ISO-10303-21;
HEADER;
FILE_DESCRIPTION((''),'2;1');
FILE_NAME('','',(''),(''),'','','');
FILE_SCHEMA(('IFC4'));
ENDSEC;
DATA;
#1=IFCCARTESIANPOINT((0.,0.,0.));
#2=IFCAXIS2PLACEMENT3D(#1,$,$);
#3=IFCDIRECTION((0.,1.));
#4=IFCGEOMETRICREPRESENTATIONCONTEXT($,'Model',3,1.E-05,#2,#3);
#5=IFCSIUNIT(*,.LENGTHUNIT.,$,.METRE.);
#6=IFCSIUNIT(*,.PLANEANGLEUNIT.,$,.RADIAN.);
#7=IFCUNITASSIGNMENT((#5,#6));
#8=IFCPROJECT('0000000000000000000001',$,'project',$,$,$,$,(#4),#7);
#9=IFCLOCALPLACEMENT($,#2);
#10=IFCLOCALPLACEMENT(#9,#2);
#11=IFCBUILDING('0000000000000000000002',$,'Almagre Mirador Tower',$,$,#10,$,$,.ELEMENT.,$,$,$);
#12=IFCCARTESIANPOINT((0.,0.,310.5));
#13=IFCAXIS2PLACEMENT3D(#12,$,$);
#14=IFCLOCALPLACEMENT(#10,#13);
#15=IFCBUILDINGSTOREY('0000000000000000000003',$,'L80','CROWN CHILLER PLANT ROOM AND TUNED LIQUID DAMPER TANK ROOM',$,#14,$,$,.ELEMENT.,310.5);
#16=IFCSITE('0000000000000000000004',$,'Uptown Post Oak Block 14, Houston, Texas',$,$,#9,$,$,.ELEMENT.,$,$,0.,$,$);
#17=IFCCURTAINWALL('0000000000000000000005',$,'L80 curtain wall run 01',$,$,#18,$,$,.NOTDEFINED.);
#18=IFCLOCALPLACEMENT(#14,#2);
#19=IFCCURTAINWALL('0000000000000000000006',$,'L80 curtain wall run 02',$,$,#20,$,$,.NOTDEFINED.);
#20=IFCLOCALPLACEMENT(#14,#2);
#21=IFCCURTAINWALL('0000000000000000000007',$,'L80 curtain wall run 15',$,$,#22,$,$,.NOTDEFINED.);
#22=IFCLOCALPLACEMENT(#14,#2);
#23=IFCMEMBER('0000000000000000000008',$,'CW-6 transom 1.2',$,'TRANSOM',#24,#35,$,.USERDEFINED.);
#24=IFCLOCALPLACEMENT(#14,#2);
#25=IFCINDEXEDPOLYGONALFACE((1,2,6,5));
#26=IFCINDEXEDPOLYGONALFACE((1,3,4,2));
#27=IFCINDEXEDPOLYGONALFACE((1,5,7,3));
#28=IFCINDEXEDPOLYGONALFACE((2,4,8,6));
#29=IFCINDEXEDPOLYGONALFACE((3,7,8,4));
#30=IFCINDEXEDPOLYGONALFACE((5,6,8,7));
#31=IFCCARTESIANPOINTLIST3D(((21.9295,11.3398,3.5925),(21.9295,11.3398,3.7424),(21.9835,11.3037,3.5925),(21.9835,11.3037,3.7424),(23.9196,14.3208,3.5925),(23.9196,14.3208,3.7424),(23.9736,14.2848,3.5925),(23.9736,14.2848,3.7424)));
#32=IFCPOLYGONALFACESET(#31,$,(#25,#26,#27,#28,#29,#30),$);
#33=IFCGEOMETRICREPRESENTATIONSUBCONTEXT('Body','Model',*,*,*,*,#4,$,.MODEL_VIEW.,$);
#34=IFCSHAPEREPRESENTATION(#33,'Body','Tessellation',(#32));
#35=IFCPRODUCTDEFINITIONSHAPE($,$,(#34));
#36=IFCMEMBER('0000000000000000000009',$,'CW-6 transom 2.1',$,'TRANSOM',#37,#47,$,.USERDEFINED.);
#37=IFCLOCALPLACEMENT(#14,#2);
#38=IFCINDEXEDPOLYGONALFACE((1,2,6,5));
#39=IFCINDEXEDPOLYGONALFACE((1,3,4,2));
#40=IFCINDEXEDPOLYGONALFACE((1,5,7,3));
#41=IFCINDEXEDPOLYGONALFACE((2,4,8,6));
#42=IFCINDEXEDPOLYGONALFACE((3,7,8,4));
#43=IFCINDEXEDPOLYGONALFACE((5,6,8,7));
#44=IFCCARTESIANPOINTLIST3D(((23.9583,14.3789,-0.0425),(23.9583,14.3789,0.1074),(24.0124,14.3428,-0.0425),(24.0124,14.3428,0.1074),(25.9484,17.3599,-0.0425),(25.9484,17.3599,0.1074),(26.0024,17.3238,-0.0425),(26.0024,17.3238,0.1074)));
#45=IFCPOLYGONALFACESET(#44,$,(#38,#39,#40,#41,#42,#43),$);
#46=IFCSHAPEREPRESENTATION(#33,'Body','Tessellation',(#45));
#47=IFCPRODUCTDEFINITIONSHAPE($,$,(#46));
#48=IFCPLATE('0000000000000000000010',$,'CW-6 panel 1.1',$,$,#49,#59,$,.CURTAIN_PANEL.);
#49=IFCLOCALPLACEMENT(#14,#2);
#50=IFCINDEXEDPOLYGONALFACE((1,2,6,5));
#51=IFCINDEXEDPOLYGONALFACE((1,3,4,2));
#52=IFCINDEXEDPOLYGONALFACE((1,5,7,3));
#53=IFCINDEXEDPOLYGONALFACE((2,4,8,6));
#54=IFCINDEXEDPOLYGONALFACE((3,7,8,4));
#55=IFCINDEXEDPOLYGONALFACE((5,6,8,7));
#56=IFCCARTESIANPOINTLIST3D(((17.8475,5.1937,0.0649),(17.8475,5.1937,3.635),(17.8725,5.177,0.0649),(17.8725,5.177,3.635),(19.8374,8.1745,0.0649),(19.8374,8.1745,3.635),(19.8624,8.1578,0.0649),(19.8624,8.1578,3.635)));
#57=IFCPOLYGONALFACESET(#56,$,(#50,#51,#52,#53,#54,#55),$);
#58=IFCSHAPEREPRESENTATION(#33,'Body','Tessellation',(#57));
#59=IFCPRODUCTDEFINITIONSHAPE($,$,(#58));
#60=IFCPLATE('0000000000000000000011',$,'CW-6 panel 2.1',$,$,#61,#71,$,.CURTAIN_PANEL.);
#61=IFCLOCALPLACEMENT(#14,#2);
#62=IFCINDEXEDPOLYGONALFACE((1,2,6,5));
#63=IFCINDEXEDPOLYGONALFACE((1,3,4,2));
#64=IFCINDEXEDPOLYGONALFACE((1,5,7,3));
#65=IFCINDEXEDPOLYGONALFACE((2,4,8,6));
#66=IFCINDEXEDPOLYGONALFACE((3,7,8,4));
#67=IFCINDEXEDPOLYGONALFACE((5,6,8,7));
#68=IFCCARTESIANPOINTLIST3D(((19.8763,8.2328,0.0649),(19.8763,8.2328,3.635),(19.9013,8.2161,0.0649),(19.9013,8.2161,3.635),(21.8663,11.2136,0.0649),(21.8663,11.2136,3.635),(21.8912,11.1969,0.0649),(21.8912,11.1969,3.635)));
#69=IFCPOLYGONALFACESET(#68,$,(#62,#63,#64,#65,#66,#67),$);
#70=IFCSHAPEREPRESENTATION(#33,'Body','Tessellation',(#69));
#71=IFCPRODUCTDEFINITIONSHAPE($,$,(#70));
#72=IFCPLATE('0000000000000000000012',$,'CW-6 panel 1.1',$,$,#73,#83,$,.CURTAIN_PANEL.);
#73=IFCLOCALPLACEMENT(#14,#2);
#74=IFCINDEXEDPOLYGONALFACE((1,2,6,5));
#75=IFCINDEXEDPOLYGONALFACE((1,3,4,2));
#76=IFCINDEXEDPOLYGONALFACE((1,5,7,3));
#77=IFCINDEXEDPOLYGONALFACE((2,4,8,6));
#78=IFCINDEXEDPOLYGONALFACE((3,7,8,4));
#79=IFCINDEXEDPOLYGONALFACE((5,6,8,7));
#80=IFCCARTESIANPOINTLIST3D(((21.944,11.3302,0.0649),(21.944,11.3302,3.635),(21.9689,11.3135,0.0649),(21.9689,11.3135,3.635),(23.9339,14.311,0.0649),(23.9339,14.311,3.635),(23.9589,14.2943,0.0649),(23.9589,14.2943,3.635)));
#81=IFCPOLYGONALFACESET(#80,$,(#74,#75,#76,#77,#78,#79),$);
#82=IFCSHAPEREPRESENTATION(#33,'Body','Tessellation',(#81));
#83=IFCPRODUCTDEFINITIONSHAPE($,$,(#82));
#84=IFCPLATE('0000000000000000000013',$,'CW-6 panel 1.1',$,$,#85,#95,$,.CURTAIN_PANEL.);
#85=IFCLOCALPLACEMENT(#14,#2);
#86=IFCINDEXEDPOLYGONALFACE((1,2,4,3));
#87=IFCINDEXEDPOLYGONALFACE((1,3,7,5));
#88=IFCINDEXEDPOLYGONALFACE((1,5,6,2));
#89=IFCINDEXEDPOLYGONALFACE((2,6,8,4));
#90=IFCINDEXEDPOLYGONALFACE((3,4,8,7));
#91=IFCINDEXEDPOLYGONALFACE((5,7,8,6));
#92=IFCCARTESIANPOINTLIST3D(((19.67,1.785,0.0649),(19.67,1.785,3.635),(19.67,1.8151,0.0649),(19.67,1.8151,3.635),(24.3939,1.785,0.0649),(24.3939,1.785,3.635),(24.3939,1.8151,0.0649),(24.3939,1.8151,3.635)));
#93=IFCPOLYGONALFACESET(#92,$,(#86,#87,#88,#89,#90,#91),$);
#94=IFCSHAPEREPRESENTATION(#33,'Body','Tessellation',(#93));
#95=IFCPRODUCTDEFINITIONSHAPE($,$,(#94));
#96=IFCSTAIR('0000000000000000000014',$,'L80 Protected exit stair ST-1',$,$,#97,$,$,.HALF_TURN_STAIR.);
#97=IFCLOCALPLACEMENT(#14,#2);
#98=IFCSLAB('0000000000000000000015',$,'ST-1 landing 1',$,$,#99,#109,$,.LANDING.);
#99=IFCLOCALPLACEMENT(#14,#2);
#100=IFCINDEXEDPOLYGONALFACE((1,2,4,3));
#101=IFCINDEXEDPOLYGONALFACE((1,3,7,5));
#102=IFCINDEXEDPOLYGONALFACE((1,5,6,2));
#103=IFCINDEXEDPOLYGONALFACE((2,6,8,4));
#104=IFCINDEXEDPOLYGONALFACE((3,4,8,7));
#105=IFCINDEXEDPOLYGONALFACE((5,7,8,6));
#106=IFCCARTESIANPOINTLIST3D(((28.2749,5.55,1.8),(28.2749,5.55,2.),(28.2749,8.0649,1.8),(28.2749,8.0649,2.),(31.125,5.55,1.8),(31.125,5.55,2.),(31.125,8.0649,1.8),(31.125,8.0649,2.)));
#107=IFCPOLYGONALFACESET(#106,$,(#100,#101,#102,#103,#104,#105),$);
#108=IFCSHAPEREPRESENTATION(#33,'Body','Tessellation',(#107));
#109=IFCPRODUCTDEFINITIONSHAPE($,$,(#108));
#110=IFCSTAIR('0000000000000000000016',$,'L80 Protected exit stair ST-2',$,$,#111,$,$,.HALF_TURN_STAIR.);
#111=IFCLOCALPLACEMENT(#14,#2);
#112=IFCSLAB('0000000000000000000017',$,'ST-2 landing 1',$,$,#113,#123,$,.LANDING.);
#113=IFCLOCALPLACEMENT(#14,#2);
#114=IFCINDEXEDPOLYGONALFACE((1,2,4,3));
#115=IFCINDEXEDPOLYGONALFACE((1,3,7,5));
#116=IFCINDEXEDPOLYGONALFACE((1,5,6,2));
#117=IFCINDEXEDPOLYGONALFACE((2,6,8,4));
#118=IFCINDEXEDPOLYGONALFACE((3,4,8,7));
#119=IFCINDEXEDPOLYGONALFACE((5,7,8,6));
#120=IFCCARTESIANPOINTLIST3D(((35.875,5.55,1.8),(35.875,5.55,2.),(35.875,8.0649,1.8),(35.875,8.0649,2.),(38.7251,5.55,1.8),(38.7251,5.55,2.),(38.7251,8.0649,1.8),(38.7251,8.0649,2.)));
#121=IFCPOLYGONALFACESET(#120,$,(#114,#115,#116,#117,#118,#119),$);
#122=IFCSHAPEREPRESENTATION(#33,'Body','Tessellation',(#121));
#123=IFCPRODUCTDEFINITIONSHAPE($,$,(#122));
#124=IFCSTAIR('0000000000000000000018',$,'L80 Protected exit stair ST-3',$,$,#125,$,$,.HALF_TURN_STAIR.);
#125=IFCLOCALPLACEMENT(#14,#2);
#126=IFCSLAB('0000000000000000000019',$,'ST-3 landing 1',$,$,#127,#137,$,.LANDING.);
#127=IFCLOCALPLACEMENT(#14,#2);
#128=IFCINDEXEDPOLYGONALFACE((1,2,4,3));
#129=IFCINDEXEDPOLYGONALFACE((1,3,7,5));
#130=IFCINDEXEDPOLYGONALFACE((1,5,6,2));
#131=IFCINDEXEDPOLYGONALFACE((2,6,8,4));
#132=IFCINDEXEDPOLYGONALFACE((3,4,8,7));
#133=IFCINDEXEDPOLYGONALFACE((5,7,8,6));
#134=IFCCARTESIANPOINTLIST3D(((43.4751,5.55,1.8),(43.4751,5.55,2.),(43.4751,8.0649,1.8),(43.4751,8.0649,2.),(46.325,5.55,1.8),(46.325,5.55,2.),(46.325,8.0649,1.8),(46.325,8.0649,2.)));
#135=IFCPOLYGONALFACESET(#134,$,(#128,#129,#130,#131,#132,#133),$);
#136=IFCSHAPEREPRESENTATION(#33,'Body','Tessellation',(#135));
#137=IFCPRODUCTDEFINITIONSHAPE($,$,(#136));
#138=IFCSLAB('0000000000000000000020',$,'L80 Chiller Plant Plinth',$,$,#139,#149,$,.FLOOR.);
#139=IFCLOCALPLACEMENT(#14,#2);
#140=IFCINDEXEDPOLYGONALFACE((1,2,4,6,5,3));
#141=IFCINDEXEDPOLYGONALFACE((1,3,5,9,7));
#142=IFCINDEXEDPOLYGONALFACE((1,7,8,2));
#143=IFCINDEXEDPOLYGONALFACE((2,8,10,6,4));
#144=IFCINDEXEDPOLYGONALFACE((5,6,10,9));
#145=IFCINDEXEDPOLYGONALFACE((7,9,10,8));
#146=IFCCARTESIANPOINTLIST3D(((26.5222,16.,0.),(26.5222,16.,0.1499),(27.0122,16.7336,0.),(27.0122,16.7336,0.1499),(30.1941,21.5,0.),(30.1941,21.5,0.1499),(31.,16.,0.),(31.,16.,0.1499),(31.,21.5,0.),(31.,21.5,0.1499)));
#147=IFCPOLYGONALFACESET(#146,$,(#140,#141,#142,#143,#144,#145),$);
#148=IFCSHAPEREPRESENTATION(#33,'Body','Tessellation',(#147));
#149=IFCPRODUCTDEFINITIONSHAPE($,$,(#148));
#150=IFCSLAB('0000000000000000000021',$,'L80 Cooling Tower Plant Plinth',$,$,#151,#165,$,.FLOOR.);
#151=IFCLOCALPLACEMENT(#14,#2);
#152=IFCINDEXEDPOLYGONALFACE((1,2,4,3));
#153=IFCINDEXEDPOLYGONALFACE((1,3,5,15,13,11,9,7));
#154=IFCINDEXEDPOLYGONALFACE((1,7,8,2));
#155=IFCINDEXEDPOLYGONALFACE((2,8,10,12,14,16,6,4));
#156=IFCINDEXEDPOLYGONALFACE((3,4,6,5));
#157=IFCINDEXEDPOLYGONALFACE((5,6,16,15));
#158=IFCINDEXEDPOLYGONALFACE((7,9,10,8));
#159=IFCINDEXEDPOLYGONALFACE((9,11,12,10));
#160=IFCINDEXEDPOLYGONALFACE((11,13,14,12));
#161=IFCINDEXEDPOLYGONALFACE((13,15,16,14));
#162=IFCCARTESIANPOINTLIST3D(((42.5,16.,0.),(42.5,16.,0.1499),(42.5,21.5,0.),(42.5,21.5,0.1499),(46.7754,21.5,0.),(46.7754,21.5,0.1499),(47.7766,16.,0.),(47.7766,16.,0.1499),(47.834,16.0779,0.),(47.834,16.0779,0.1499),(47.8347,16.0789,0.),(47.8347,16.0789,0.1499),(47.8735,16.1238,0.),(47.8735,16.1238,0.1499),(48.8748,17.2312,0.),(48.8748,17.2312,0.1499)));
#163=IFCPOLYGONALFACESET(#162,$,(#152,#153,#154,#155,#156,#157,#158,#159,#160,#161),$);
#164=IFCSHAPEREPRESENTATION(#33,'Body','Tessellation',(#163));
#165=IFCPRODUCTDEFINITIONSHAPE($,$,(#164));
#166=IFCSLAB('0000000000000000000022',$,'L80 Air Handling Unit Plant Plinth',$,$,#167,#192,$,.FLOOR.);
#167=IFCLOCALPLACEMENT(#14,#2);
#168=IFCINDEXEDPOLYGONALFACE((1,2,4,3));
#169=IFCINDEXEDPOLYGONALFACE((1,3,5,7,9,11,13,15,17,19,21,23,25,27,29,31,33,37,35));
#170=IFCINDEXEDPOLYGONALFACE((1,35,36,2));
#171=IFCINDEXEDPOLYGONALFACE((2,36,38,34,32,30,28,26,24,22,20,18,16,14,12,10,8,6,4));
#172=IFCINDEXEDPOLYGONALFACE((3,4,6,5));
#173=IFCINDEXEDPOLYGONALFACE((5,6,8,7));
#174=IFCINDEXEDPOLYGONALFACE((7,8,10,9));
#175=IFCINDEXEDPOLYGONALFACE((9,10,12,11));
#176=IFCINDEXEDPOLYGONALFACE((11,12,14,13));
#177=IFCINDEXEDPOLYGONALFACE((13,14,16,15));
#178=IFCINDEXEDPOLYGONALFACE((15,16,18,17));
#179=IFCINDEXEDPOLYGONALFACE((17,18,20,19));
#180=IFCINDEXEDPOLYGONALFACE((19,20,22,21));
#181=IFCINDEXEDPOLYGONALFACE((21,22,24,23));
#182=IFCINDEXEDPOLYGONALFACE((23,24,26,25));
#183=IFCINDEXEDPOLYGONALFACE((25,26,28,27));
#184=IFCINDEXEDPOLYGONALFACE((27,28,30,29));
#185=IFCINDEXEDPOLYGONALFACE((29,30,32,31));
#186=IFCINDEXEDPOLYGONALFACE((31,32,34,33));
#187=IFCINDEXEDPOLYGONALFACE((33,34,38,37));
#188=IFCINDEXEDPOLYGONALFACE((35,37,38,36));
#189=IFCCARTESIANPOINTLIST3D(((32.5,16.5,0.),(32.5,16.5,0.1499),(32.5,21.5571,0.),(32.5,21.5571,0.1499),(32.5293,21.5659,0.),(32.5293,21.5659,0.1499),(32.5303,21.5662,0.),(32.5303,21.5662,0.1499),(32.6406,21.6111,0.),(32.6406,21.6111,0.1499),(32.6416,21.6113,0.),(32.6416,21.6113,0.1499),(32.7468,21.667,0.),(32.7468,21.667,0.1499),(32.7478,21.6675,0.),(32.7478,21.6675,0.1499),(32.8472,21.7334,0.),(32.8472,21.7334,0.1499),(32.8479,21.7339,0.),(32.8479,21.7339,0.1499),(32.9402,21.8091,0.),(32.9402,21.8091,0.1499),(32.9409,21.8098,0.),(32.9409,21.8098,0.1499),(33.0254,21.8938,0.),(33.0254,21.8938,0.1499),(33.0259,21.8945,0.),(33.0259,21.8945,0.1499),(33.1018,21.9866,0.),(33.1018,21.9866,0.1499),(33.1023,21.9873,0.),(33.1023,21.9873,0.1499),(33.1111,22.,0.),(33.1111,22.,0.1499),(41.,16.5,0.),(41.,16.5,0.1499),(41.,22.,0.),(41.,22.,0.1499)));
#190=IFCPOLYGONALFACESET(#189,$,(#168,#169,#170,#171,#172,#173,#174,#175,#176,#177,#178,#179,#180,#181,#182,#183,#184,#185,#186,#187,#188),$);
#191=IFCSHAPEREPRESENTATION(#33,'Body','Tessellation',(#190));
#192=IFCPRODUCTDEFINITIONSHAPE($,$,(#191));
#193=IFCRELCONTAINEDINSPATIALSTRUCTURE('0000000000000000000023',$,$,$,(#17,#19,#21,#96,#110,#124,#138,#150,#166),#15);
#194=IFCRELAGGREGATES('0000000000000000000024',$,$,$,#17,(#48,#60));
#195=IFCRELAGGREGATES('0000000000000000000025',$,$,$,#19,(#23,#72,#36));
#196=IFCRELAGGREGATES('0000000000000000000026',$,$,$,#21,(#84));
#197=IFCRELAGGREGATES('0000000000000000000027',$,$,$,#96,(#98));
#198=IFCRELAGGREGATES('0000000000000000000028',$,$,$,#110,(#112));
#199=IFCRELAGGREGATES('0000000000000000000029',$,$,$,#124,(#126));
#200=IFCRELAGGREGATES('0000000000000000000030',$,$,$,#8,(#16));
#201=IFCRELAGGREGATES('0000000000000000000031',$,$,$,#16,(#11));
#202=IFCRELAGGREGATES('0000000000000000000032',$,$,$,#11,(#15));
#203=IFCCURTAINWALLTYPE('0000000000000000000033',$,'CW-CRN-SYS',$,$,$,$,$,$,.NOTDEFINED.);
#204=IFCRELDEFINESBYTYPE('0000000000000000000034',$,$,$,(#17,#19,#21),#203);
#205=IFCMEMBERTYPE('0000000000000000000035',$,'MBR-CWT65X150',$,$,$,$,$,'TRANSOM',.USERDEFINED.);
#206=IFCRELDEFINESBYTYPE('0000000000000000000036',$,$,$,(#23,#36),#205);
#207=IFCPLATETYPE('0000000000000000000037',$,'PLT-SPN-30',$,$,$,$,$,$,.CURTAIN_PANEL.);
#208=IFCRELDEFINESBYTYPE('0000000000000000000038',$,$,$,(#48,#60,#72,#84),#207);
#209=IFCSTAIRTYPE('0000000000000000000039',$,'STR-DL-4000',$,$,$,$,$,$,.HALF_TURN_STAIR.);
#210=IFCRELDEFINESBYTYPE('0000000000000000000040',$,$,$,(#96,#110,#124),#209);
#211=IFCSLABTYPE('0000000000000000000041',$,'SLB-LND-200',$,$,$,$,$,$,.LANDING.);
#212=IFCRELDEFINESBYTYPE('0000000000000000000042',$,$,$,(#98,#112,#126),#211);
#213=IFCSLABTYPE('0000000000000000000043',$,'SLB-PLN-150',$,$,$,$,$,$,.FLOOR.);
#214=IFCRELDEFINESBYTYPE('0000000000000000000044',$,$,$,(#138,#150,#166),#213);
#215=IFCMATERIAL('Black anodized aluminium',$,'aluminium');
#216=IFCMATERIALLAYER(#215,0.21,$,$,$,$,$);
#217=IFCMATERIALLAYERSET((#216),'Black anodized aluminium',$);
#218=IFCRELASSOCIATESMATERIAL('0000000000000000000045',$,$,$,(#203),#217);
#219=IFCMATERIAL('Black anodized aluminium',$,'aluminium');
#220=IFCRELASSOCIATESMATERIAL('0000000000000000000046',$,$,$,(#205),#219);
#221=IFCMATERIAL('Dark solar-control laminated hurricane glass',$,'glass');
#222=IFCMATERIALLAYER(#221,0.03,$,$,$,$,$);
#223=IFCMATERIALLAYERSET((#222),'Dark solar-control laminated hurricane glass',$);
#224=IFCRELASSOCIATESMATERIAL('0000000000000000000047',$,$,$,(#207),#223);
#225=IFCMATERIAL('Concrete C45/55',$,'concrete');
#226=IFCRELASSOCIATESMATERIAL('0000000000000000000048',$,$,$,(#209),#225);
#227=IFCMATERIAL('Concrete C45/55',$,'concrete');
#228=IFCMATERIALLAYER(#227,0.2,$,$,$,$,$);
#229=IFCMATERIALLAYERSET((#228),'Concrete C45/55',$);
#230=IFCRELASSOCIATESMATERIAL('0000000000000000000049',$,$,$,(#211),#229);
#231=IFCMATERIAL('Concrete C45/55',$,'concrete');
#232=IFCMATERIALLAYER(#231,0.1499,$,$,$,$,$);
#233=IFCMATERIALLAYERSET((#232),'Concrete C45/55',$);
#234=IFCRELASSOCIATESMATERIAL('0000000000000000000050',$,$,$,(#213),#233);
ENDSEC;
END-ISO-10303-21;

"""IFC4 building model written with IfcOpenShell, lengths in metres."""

from ifc_helpers import new_model, si_unit, direction, frame, origin, origin_2d, place, context, subcontext, project, spatial, polyline, rectangle, outline, extrude, material, layer, layer_set, material_profile, profile_set, type_object, element, aggregate, save


model = new_model("IFC4")

# Units and contexts
model_context = context("Model", 3, precision=1e-05, world=origin(), true_north=direction((0.0, 1.0)))
body_context = subcontext(model_context, "Body", "Model", "MODEL_VIEW")
ifc_project = project(units=[si_unit("LENGTHUNIT", "METRE"), si_unit("PLANEANGLEUNIT", "RADIAN")], contexts=[model_context])

# Site, building, storey
site_placement = place(None, origin())
site = spatial("IfcSite", under=ifc_project, at=site_placement, Name="Uptown Post Oak Block 14, Houston, Texas", CompositionType="ELEMENT", RefElevation=0.0)
building_placement = place(site_placement, origin())
building = spatial("IfcBuilding", under=site, at=building_placement, Name="Almagre Mirador Tower", CompositionType="ELEMENT")
storey_placement = place(building_placement, frame((0.0, 0.0, 310.5)))
storey = spatial("IfcBuildingStorey", under=building, at=storey_placement, Name="L80", Description="CROWN CHILLER PLANT ROOM AND TUNED LIQUID DAMPER TANK ROOM", CompositionType="ELEMENT", Elevation=310.5)

# Curtain walls
ifc_material_1 = material(Name="Black anodized aluminium", Category="aluminium")
ifc_layer_1 = layer(ifc_material_1, 0.21)
ifc_layer_set_1 = layer_set([ifc_layer_1], Name="Black anodized aluminium")
curtain_wall_type = type_object("IfcCurtainWallType", Name="CW-CRN-SYS", PredefinedType="NOTDEFINED", material=ifc_layer_set_1)
curtain_wall_1_placement = place(storey_placement, origin())
curtain_wall_1 = element("IfcCurtainWall", 1, at=curtain_wall_1_placement, inside=storey, type_object=curtain_wall_type, Name="L80 curtain wall run 01", PredefinedType="NOTDEFINED")
curtain_wall_2_placement = place(storey_placement, origin())
curtain_wall_2 = element("IfcCurtainWall", 2, at=curtain_wall_2_placement, inside=storey, type_object=curtain_wall_type, Name="L80 curtain wall run 02", PredefinedType="NOTDEFINED")

# Curtain wall
curtain_wall_3_placement = place(storey_placement, origin())
curtain_wall_3 = element("IfcCurtainWall", 3, at=curtain_wall_3_placement, inside=storey, type_object=curtain_wall_type, Name="L80 curtain wall run 15", PredefinedType="NOTDEFINED")

# Members
ifc_material_2 = material(Name="Black anodized aluminium", Category="aluminium")
ifc_material_profile_1 = material_profile(ifc_material_2, rectangle(XDim=0.0649, YDim=0.1499, at=origin_2d()), Name="CWT65X150")
ifc_profile_set_1 = profile_set([ifc_material_profile_1], Name="Black anodized aluminium")
member_type_1 = type_object("IfcMemberType", Name="MBR-CWT65X150", ElementType="TRANSOM", PredefinedType="USERDEFINED", material=ifc_profile_set_1)
member_1_placement = place(storey_placement, frame((21.9565, 11.3218, 3.6675), z_axis=(0.555219, 0.831704, 0.0), x_axis=(-0.831704, 0.555219, 0.0)))
member_1 = element("IfcMember", 4, at=member_1_placement, type_object=member_type_1, Name="CW-6 transom 1.2", ObjectType="TRANSOM", PredefinedType="USERDEFINED", context=body_context, shape_type="SweptSolid", body=[
    extrude(rectangle(XDim=0.0649, YDim=0.1499, at=origin_2d()), origin(), (0.0, 0.0, 1.0), 3.5842),
])
member_2_placement = place(storey_placement, frame((23.9854, 14.3608, 0.0325), z_axis=(0.555219, 0.831704, 0.0), x_axis=(-0.831704, 0.555219, 0.0)))
member_2 = element("IfcMember", 5, at=member_2_placement, type_object=member_type_1, Name="CW-6 transom 2.1", ObjectType="TRANSOM", PredefinedType="USERDEFINED", context=body_context, shape_type="SweptSolid", body=[
    extrude(rectangle(XDim=0.0649, YDim=0.1499, at=origin_2d()), origin(), (0.0, 0.0, 1.0), 3.5842),
])

# Plates
ifc_material_3 = material(Name="Dark solar-control laminated hurricane glass", Category="glass")
ifc_layer_2 = layer(ifc_material_3, 0.03)
ifc_layer_set_2 = layer_set([ifc_layer_2], Name="Dark solar-control laminated hurricane glass")
plate_type = type_object("IfcPlateType", Name="PLT-SPN-30", PredefinedType="CURTAIN_PANEL", material=ifc_layer_set_2)
plate_1_placement = place(storey_placement, frame((18.855, 6.6758, 0.0649), z_axis=(0.0, 0.0, 1.0), x_axis=(0.555222, 0.831702, 0.0)))
plate_1 = element("IfcPlate", 6, at=plate_1_placement, type_object=plate_type, Name="CW-6 panel 1.1", PredefinedType="CURTAIN_PANEL", context=body_context, shape_type="SweptSolid", body=[
    extrude(rectangle(XDim=3.584, YDim=0.03, at=origin_2d()), origin(), (0.0, 0.0, 1.0), 3.5701),
])
plate_2_placement = place(storey_placement, frame((20.8838, 9.7148, 0.0649), z_axis=(0.0, 0.0, 1.0), x_axis=(0.555222, 0.831702, 0.0)))
plate_2 = element("IfcPlate", 7, at=plate_2_placement, type_object=plate_type, Name="CW-6 panel 2.1", PredefinedType="CURTAIN_PANEL", context=body_context, shape_type="SweptSolid", body=[
    extrude(rectangle(XDim=3.584, YDim=0.03, at=origin_2d()), origin(), (0.0, 0.0, 1.0), 3.5701),
])
aggregate(curtain_wall_1, [plate_1, plate_2])
plate_3_placement = place(storey_placement, frame((22.9514, 12.8123, 0.0649), z_axis=(0.0, 0.0, 1.0), x_axis=(0.555222, 0.831702, 0.0)))
plate_3 = element("IfcPlate", 8, at=plate_3_placement, type_object=plate_type, Name="CW-6 panel 1.1", PredefinedType="CURTAIN_PANEL", context=body_context, shape_type="SweptSolid", body=[
    extrude(rectangle(XDim=3.584, YDim=0.03, at=origin_2d()), origin(), (0.0, 0.0, 1.0), 3.5701),
])
aggregate(curtain_wall_2, [member_1, plate_3, member_2])
plate_4_placement = place(storey_placement, frame((22.032, 1.8, 0.0649), z_axis=(0.0, 0.0, 1.0), x_axis=(-1.0, 0.0, 0.0)))
plate_4 = element("IfcPlate", 9, at=plate_4_placement, type_object=plate_type, Name="CW-6 panel 1.1", PredefinedType="CURTAIN_PANEL", context=body_context, shape_type="SweptSolid", body=[
    extrude(rectangle(XDim=4.7239, YDim=0.03, at=origin_2d()), origin(), (0.0, 0.0, 1.0), 3.5701),
])
aggregate(curtain_wall_3, [plate_4])

# Stairs, slabs
ifc_material_4 = material(Name="Concrete C45/55", Category="concrete")
stair_type = type_object("IfcStairType", Name="STR-DL-4000", PredefinedType="HALF_TURN_STAIR", material=ifc_material_4)
stair_1_placement = place(storey_placement, origin())
stair_1 = element("IfcStair", 10, at=stair_1_placement, inside=storey, type_object=stair_type, Name="L80 Protected exit stair ST-1", PredefinedType="HALF_TURN_STAIR")
ifc_material_5 = material(Name="Concrete C45/55", Category="concrete")
ifc_layer_3 = layer(ifc_material_5, 0.2)
ifc_layer_set_3 = layer_set([ifc_layer_3], Name="Concrete C45/55")
slab_type_1 = type_object("IfcSlabType", Name="SLB-LND-200", PredefinedType="LANDING", material=ifc_layer_set_3)
slab_1_placement = place(storey_placement, frame((0.0, 0.0, 1.8)))
slab_1 = element("IfcSlab", 11, at=slab_1_placement, type_object=slab_type_1, Name="ST-1 landing 1", PredefinedType="LANDING", context=body_context, shape_type="SweptSolid", body=[
    extrude(outline(polyline([(28.2749, 8.0649), (28.2749, 5.55), (31.125, 5.55), (31.125, 8.0649), (28.2749, 8.0649)])), origin(), (0.0, 0.0, 1.0), 0.2),
])
aggregate(stair_1, [slab_1])
stair_2_placement = place(storey_placement, origin())
stair_2 = element("IfcStair", 12, at=stair_2_placement, inside=storey, type_object=stair_type, Name="L80 Protected exit stair ST-2", PredefinedType="HALF_TURN_STAIR")
slab_2_placement = place(storey_placement, frame((0.0, 0.0, 1.8)))
slab_2 = element("IfcSlab", 13, at=slab_2_placement, type_object=slab_type_1, Name="ST-2 landing 1", PredefinedType="LANDING", context=body_context, shape_type="SweptSolid", body=[
    extrude(outline(polyline([(35.875, 8.0649), (35.875, 5.55), (38.7251, 5.55), (38.7251, 8.0649), (35.875, 8.0649)])), origin(), (0.0, 0.0, 1.0), 0.2),
])
aggregate(stair_2, [slab_2])
stair_3_placement = place(storey_placement, origin())
stair_3 = element("IfcStair", 14, at=stair_3_placement, inside=storey, type_object=stair_type, Name="L80 Protected exit stair ST-3", PredefinedType="HALF_TURN_STAIR")
slab_3_placement = place(storey_placement, frame((0.0, 0.0, 1.8)))
slab_3 = element("IfcSlab", 15, at=slab_3_placement, type_object=slab_type_1, Name="ST-3 landing 1", PredefinedType="LANDING", context=body_context, shape_type="SweptSolid", body=[
    extrude(outline(polyline([(43.4751, 8.0649), (43.4751, 5.55), (46.325, 5.55), (46.325, 8.0649), (43.4751, 8.0649)])), origin(), (0.0, 0.0, 1.0), 0.2),
])
aggregate(stair_3, [slab_3])

# Slabs
ifc_material_6 = material(Name="Concrete C45/55", Category="concrete")
ifc_layer_4 = layer(ifc_material_6, 0.1499)
ifc_layer_set_4 = layer_set([ifc_layer_4], Name="Concrete C45/55")
slab_type_2 = type_object("IfcSlabType", Name="SLB-PLN-150", PredefinedType="FLOOR", material=ifc_layer_set_4)
slab_4_placement = place(storey_placement, origin())
element("IfcSlab", 16, at=slab_4_placement, inside=storey, type_object=slab_type_2, Name="L80 Chiller Plant Plinth", PredefinedType="FLOOR", context=body_context, shape_type="SweptSolid", body=[
    extrude(outline(polyline([(30.1941, 21.5), (27.0122, 16.7336), (26.5222, 16.0), (31.0, 16.0), (31.0, 21.5), (30.1941, 21.5)])), origin(), (0.0, 0.0, 1.0), 0.1499),
])
slab_5_placement = place(storey_placement, origin())
element("IfcSlab", 17, at=slab_5_placement, inside=storey, type_object=slab_type_2, Name="L80 Cooling Tower Plant Plinth", PredefinedType="FLOOR", context=body_context, shape_type="SweptSolid", body=[
    extrude(outline(polyline([(47.7766, 16.0), (47.834, 16.0779), (47.8347, 16.0789), (47.8735, 16.1238), (48.8748, 17.2312), (46.7754, 21.5), (42.5, 21.5), (42.5, 16.0), (47.7766, 16.0)])), origin(), (0.0, 0.0, 1.0), 0.1499),
])
slab_6_placement = place(storey_placement, origin())
element("IfcSlab", 18, at=slab_6_placement, inside=storey, type_object=slab_type_2, Name="L80 Air Handling Unit Plant Plinth", PredefinedType="FLOOR", context=body_context, shape_type="SweptSolid", body=[
    extrude(outline(polyline([(33.1111, 22.0), (33.1023, 21.9873), (33.1018, 21.9866), (33.0259, 21.8945), (33.0254, 21.8938), (32.9409, 21.8098), (32.9402, 21.8091), (32.8479, 21.7339), (32.8472, 21.7334), (32.7478, 21.6675), (32.7468, 21.667), (32.6416, 21.6113), (32.6406, 21.6111), (32.5303, 21.5662), (32.5293, 21.5659), (32.5, 21.5571), (32.5, 16.5), (41.0, 16.5), (41.0, 22.0), (33.1111, 22.0)])), origin(), (0.0, 0.0, 1.0), 0.1499),
])

save(model, "model.ifc")
